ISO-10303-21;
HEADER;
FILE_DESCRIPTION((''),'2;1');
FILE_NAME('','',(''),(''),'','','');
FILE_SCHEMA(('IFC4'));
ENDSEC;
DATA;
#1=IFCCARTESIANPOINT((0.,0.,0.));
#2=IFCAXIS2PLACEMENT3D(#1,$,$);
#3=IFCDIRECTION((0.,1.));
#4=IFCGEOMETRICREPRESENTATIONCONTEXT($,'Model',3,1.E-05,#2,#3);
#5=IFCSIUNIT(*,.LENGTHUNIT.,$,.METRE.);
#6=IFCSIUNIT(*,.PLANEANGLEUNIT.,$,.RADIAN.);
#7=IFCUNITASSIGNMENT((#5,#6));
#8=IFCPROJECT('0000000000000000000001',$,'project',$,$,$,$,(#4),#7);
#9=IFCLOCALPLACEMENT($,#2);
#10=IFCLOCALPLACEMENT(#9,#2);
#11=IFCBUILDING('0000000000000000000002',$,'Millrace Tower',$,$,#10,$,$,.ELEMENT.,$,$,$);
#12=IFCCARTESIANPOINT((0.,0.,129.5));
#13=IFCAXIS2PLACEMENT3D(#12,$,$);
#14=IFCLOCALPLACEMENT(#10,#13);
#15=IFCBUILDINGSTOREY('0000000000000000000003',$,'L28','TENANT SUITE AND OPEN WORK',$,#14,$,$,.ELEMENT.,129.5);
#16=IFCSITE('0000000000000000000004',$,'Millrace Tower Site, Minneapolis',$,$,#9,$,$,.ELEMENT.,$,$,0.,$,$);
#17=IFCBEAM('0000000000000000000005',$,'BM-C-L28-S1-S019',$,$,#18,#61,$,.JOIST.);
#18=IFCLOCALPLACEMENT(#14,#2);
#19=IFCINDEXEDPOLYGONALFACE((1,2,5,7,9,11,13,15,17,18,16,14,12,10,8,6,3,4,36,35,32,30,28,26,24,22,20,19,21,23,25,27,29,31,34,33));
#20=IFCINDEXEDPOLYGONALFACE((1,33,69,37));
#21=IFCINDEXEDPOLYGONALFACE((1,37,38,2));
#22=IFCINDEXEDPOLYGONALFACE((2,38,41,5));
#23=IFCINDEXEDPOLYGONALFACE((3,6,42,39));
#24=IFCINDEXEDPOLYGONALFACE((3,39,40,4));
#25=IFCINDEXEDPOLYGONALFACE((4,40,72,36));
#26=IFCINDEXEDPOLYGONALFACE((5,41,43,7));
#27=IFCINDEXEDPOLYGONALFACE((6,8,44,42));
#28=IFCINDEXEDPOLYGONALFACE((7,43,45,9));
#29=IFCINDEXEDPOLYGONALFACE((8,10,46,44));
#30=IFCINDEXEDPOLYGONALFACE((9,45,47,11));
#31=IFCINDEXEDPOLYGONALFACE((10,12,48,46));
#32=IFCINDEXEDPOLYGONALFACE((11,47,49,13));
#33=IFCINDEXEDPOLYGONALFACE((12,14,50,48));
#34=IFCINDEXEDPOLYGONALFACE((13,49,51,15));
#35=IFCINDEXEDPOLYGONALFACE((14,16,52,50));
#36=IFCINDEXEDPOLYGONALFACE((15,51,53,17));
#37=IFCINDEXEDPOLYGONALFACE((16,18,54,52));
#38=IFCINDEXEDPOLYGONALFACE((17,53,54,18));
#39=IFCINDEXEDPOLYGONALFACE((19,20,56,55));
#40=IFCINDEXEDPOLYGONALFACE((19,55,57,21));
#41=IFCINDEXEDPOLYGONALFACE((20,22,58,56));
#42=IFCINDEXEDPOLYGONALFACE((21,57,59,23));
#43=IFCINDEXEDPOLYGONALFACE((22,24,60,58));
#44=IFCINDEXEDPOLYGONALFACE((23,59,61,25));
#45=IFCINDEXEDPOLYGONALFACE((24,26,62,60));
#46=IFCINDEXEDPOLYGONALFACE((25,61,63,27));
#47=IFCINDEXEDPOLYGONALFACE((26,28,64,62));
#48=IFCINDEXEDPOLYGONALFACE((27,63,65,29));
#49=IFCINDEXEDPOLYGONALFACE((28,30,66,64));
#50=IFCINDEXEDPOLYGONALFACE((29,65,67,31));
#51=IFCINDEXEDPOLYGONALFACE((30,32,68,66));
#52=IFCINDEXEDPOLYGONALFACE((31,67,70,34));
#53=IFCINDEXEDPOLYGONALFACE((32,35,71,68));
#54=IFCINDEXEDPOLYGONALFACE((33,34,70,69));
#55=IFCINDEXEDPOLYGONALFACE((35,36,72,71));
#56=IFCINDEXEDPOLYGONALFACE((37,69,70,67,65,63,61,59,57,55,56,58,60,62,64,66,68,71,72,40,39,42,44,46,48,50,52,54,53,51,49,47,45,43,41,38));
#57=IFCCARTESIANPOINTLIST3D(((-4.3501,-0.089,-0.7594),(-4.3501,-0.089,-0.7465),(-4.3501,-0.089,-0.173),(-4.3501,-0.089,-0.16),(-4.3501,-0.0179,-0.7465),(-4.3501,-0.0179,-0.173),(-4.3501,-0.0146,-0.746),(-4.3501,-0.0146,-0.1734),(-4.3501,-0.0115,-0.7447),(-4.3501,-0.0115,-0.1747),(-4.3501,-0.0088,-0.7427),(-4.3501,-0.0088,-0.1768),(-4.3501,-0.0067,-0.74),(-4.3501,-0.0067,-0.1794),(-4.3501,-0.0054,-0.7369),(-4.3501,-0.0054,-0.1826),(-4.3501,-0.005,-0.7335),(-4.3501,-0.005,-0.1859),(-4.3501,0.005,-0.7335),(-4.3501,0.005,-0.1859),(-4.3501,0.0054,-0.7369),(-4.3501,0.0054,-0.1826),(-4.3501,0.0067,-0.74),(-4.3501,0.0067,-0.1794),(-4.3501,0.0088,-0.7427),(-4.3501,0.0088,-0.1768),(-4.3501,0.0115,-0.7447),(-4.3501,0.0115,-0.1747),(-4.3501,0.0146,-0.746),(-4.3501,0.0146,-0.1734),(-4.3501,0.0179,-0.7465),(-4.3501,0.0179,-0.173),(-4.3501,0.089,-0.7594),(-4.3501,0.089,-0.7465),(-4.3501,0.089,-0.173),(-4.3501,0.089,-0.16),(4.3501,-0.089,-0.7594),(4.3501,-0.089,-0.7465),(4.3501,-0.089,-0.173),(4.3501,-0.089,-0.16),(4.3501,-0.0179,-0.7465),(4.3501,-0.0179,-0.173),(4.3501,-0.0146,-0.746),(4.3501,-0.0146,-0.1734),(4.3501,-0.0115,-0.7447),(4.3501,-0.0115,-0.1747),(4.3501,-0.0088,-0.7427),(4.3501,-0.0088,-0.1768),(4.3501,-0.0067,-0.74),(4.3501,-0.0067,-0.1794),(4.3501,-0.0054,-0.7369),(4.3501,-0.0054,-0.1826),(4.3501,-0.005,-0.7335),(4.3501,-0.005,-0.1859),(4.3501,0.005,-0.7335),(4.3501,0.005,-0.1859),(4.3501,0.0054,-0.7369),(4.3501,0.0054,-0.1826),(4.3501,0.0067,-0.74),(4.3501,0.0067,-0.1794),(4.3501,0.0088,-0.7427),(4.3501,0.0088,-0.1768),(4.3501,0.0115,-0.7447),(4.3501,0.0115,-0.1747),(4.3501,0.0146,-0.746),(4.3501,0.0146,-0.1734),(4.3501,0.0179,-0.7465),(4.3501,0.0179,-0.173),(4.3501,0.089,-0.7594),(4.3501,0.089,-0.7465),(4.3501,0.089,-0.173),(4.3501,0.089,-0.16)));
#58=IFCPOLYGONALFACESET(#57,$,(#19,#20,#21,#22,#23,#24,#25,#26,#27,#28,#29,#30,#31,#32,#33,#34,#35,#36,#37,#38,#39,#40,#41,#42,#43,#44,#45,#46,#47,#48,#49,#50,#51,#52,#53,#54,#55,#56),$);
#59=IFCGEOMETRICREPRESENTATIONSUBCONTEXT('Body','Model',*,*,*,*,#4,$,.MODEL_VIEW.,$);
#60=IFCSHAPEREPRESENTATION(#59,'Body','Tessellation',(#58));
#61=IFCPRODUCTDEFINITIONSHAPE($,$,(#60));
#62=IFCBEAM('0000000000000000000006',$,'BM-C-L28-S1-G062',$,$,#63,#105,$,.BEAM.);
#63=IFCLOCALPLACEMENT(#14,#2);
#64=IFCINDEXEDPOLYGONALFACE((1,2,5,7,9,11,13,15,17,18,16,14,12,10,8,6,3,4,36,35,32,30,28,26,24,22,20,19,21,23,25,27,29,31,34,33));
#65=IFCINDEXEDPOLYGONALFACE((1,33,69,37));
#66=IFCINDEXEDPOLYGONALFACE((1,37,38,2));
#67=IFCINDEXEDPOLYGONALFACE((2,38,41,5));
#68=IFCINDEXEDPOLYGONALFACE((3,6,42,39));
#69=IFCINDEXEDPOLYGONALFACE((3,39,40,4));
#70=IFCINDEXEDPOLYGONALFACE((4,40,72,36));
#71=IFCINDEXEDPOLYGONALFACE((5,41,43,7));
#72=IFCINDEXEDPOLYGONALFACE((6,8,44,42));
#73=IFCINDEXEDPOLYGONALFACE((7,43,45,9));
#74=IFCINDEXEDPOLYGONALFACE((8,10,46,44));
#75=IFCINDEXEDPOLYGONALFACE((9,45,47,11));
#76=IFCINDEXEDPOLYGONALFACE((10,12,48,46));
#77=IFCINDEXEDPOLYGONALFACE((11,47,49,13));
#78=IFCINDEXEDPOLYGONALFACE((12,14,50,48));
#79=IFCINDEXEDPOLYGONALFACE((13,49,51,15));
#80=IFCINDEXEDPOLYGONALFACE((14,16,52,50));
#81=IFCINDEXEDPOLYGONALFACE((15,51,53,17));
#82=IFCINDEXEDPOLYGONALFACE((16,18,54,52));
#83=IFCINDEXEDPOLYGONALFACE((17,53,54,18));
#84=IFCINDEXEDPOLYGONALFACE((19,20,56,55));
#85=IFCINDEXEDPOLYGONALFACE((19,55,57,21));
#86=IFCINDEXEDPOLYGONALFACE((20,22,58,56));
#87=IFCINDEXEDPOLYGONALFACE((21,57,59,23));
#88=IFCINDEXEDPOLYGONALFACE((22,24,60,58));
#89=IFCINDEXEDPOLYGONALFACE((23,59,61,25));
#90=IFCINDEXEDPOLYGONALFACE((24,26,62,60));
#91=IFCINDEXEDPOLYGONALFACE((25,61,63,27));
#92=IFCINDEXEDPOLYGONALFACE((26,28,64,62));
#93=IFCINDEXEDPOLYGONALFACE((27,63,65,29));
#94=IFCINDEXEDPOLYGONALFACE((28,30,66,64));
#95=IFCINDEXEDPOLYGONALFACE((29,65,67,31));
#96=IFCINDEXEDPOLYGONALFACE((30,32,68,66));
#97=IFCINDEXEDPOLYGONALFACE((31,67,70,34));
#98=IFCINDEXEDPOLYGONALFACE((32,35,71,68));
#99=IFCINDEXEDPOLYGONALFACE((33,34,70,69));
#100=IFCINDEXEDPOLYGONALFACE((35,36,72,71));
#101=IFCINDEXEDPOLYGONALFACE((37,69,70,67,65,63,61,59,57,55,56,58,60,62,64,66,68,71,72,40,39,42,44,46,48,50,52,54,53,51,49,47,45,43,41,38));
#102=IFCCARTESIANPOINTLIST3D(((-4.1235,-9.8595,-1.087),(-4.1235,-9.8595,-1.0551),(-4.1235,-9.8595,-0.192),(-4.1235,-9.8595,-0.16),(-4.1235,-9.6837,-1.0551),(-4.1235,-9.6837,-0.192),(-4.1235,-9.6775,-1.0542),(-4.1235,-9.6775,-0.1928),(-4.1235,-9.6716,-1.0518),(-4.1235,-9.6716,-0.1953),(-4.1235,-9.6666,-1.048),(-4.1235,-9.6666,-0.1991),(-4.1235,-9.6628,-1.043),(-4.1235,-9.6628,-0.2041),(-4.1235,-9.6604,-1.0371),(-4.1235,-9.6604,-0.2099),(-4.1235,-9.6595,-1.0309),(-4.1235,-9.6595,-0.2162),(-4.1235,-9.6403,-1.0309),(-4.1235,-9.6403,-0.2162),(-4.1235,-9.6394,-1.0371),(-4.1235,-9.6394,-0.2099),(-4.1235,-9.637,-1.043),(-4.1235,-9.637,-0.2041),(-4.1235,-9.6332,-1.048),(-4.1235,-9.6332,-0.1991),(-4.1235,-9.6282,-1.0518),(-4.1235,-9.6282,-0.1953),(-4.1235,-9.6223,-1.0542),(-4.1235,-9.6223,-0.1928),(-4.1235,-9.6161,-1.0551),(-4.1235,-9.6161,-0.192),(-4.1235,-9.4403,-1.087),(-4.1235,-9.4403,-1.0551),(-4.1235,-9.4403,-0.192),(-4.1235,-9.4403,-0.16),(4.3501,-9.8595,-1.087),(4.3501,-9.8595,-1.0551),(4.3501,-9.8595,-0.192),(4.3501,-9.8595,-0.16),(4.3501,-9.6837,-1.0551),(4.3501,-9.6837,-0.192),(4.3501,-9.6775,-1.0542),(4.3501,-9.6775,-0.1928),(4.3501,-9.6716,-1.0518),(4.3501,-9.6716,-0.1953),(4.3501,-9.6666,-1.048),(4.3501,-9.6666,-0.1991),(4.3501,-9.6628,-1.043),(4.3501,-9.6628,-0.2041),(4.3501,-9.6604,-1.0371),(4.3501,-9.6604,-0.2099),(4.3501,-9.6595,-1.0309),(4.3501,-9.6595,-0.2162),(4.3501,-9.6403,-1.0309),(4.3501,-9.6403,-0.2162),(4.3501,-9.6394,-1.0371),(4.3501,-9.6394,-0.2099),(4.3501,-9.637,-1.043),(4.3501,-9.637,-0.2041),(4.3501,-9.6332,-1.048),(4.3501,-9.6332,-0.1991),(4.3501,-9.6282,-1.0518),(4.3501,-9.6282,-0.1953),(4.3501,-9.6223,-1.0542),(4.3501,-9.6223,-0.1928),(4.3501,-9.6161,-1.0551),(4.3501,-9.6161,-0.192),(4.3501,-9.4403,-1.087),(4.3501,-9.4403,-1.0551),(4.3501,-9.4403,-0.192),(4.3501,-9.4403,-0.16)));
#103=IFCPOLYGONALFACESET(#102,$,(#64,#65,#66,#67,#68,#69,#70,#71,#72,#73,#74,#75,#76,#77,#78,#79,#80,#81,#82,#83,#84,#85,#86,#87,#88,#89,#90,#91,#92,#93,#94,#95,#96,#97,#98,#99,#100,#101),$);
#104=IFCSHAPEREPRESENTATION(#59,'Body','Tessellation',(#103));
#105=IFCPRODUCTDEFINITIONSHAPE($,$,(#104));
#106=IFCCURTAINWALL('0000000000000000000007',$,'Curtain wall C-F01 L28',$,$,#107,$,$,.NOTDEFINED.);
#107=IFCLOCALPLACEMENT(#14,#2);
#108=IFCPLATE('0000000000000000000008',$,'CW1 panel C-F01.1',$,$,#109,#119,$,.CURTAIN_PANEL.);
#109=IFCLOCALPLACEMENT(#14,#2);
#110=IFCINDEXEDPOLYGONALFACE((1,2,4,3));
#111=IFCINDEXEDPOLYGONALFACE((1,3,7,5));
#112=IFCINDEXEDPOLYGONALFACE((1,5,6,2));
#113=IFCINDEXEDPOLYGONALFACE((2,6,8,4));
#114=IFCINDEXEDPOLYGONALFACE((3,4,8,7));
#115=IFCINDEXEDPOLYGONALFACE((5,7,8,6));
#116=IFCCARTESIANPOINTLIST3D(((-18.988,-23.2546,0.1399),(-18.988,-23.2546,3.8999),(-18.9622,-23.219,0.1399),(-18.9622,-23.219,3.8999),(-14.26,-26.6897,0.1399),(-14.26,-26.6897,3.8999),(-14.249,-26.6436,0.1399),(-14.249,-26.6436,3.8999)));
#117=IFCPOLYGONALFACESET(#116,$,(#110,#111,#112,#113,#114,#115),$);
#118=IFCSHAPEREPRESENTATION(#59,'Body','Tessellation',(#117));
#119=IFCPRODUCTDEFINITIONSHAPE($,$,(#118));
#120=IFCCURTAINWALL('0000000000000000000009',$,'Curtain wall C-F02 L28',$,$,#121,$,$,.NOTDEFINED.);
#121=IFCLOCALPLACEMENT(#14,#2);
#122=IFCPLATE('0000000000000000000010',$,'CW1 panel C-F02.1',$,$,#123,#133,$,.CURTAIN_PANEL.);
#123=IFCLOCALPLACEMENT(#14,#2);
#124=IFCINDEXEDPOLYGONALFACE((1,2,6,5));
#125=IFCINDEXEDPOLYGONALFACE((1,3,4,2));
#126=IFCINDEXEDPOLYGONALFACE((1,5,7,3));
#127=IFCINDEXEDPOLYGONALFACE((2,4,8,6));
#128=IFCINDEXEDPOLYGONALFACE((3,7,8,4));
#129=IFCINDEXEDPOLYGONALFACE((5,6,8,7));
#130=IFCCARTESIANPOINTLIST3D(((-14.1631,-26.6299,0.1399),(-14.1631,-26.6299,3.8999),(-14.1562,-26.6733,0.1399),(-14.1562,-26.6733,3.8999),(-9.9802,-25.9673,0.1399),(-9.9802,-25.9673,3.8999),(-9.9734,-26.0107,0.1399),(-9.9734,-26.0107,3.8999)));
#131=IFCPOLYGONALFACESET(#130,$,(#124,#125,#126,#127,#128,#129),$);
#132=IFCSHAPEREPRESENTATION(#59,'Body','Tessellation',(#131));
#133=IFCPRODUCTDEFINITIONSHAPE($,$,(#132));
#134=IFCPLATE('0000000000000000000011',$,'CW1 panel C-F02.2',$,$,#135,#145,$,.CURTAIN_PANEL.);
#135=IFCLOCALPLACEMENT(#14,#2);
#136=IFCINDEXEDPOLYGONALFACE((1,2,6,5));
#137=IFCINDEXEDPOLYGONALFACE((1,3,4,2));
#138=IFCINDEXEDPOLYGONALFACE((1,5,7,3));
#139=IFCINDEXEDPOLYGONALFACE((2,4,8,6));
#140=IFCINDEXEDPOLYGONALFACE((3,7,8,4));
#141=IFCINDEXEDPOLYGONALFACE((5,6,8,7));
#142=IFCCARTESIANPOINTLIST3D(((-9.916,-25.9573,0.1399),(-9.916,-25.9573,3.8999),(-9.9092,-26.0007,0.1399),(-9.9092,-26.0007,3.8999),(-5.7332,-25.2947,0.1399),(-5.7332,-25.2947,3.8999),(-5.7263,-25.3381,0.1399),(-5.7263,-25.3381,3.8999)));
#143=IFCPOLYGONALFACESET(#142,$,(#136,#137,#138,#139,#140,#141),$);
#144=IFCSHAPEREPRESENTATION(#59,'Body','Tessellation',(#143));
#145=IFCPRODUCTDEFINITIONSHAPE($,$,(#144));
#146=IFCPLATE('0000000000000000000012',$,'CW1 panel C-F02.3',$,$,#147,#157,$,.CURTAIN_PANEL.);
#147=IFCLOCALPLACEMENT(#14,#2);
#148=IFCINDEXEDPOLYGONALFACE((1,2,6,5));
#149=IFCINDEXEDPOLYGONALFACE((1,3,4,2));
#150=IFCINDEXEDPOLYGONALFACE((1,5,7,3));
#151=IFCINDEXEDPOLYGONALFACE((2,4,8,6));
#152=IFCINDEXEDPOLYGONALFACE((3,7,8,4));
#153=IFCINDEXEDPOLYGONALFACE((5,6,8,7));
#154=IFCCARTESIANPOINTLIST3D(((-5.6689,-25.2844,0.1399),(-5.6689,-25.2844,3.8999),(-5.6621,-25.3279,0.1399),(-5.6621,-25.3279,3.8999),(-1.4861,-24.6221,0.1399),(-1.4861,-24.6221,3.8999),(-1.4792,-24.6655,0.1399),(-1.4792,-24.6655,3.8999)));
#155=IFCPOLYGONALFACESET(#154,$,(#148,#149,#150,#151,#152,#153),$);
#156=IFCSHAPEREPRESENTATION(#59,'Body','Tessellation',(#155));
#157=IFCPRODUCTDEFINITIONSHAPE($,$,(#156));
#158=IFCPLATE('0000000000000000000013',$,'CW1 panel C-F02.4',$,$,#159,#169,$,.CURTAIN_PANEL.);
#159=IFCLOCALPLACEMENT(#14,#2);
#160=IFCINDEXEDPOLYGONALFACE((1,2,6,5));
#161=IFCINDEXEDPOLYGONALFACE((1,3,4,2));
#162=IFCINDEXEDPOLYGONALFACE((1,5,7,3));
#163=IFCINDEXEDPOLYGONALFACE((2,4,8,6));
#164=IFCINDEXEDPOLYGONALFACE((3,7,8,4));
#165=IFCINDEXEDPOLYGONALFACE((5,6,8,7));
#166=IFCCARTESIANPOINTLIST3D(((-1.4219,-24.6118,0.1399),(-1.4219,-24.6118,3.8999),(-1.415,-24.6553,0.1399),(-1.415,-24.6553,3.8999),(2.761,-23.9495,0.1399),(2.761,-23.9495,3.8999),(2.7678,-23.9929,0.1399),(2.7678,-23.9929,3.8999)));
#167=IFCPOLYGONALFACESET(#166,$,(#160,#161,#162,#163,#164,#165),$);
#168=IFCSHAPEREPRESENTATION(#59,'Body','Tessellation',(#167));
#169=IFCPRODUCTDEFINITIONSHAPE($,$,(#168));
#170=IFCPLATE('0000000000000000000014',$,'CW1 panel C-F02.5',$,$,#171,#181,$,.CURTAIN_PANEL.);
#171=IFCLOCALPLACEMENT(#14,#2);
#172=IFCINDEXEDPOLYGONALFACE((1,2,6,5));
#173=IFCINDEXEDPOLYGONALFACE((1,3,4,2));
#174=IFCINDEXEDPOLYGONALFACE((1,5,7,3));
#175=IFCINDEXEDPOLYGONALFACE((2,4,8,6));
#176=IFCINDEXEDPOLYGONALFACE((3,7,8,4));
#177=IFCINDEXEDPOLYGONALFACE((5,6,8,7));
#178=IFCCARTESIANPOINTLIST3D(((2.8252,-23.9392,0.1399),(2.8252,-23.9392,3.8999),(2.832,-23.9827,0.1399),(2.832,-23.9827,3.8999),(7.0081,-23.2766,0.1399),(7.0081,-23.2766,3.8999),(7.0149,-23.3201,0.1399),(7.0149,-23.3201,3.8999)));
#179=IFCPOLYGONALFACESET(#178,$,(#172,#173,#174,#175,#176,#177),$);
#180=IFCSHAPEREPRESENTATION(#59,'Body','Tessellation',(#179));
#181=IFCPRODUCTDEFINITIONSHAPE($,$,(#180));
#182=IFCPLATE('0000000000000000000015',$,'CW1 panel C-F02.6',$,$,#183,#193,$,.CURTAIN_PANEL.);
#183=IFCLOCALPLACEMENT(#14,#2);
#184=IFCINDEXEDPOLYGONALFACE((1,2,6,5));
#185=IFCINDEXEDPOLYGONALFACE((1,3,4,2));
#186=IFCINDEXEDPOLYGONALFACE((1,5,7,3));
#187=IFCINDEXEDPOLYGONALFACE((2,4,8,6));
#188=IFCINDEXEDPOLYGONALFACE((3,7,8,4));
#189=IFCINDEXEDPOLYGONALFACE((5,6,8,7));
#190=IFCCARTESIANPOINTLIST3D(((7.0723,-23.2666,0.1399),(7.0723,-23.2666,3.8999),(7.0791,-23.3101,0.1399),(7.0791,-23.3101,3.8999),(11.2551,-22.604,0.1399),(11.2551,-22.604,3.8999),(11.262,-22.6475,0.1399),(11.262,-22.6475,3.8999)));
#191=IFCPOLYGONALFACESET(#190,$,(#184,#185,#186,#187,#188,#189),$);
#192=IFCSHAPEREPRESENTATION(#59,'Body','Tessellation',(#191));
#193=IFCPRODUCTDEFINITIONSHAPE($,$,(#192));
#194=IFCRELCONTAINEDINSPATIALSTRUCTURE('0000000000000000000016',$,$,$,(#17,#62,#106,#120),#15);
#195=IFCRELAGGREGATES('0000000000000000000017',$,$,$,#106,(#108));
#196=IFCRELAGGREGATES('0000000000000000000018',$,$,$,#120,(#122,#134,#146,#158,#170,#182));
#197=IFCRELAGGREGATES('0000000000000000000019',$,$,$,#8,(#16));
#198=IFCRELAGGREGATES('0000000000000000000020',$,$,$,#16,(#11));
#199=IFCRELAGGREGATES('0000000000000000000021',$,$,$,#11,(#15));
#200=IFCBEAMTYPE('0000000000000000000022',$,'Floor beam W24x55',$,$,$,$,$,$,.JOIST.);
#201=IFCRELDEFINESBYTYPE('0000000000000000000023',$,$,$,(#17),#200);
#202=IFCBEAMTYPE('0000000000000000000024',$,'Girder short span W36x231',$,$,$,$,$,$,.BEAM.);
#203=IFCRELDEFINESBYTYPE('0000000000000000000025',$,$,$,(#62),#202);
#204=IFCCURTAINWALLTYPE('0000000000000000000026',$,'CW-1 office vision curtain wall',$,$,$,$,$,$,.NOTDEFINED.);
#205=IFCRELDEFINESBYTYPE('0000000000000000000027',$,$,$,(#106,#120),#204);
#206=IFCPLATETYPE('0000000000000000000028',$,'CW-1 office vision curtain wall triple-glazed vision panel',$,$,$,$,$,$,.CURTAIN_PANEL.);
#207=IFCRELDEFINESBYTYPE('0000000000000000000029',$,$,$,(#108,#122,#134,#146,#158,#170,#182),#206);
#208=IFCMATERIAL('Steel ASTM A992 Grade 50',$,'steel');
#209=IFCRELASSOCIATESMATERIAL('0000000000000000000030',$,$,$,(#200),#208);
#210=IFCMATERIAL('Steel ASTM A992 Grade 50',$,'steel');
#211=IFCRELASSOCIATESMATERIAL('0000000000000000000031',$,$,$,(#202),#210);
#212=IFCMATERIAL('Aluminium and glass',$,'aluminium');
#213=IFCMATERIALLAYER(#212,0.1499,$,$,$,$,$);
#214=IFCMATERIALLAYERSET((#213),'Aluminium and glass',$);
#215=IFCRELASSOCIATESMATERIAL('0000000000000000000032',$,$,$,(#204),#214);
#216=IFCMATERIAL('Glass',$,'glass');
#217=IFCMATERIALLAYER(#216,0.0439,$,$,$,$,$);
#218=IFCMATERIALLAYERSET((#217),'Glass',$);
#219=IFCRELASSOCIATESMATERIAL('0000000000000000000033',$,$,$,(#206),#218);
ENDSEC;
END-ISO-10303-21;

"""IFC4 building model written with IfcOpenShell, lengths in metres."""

from ifc_helpers import new_model, si_unit, direction, frame, origin, origin_2d, place, context, subcontext, project, spatial, polyline, i_section, outline, extrude, material, layer, layer_set, material_profile, profile_set, type_object, element, aggregate, save


model = new_model("IFC4")

# Units and contexts
model_context = context("Model", 3, precision=1e-05, world=origin(), true_north=direction((0.0, 1.0)))
body_context = subcontext(model_context, "Body", "Model", "MODEL_VIEW")
ifc_project = project(units=[si_unit("LENGTHUNIT", "METRE"), si_unit("PLANEANGLEUNIT", "RADIAN")], contexts=[model_context])

# Site, building, storey
site_placement = place(None, origin())
site = spatial("IfcSite", under=ifc_project, at=site_placement, Name="Millrace Tower Site, Minneapolis", CompositionType="ELEMENT", RefElevation=0.0)
building_placement = place(site_placement, origin())
building = spatial("IfcBuilding", under=site, at=building_placement, Name="Millrace Tower", CompositionType="ELEMENT")
storey_placement = place(building_placement, frame((0.0, 0.0, 129.5)))
storey = spatial("IfcBuildingStorey", under=building, at=storey_placement, Name="L28", Description="TENANT SUITE AND OPEN WORK", CompositionType="ELEMENT", Elevation=129.5)

# Beams
ifc_material_1 = material(Name="Steel ASTM A992 Grade 50", Category="steel")
ifc_material_profile_1 = material_profile(ifc_material_1, i_section(OverallWidth=0.178, OverallDepth=0.5994, WebThickness=0.01, FlangeThickness=0.0129, FilletRadius=0.0129, at=origin_2d()))
ifc_profile_set_1 = profile_set([ifc_material_profile_1], Name="Steel ASTM A992 Grade 50")
beam_type_1 = type_object("IfcBeamType", Name="Floor beam W24x55", PredefinedType="JOIST", material=ifc_profile_set_1)
for number, where, z_axis, x_axis, name in (
    (1, (-4.3501, 0.0, -0.4597), (1.0, 0.0, 0.0), (0.0, 1.0, 0.0), "BM-C-L28-S1-S019"),
):
    element("IfcBeam", number, at=place(storey_placement, frame(where, z_axis=z_axis, x_axis=x_axis)), inside=storey, type_object=beam_type_1, Name=name, PredefinedType="JOIST", context=body_context, shape_type="SweptSolid", body=[
        extrude(i_section(OverallWidth=0.178, OverallDepth=0.5994, WebThickness=0.01, FlangeThickness=0.0129, FilletRadius=0.0129, at=origin_2d()), origin(), (0.0, 0.0, 1.0), 8.7002),
    ])
ifc_material_2 = material(Name="Steel ASTM A992 Grade 50", Category="steel")
ifc_material_profile_2 = material_profile(ifc_material_2, i_section(OverallWidth=0.4192, OverallDepth=0.927, WebThickness=0.0193, FlangeThickness=0.032, FilletRadius=0.0242, at=origin_2d()))
ifc_profile_set_2 = profile_set([ifc_material_profile_2], Name="Steel ASTM A992 Grade 50")
beam_type_2 = type_object("IfcBeamType", Name="Girder short span W36x231", PredefinedType="BEAM", material=ifc_profile_set_2)
beam_1_placement = place(storey_placement, frame((-4.1235, -9.6499, -0.6235), z_axis=(1.0, 0.0, 0.0), x_axis=(0.0, 1.0, 0.0)))
element("IfcBeam", 2, at=beam_1_placement, inside=storey, type_object=beam_type_2, Name="BM-C-L28-S1-G062", PredefinedType="BEAM", context=body_context, shape_type="SweptSolid", body=[
    extrude(i_section(OverallWidth=0.4192, OverallDepth=0.927, WebThickness=0.0193, FlangeThickness=0.032, FilletRadius=0.0242, at=origin_2d()), origin(), (0.0, 0.0, 1.0), 8.4736),
])

# Curtain wall, plate
ifc_material_3 = material(Name="Aluminium and glass", Category="aluminium")
ifc_layer_1 = layer(ifc_material_3, 0.1499)
ifc_layer_set_1 = layer_set([ifc_layer_1], Name="Aluminium and glass")
curtain_wall_type = type_object("IfcCurtainWallType", Name="CW-1 office vision curtain wall", PredefinedType="NOTDEFINED", material=ifc_layer_set_1)
placement_1 = place(storey_placement, origin())
curtain_wall_1 = element("IfcCurtainWall", 3, at=placement_1, inside=storey, type_object=curtain_wall_type, Name="Curtain wall C-F01 L28", PredefinedType="NOTDEFINED")
ifc_material_4 = material(Name="Glass", Category="glass")
ifc_layer_2 = layer(ifc_material_4, 0.0439)
ifc_layer_set_2 = layer_set([ifc_layer_2], Name="Glass")
plate_type = type_object("IfcPlateType", Name="CW-1 office vision curtain wall triple-glazed vision panel", PredefinedType="CURTAIN_PANEL", material=ifc_layer_set_2)
placement_2 = place(storey_placement, frame((0.0, 0.0, 0.1399)))
plate_1 = element("IfcPlate", 4, at=placement_2, type_object=plate_type, Name="CW1 panel C-F01.1", PredefinedType="CURTAIN_PANEL", context=body_context, shape_type="SweptSolid", body=[
    extrude(outline(polyline([(-18.988, -23.2546), (-14.26, -26.6897), (-14.249, -26.6436), (-18.9622, -23.219), (-18.988, -23.2546)])), origin(), (0.0, 0.0, 1.0), 3.76),
])
aggregate(curtain_wall_1, [plate_1])

# Curtain wall, plates
curtain_wall_2 = element("IfcCurtainWall", 5, at=placement_1, inside=storey, type_object=curtain_wall_type, Name="Curtain wall C-F02 L28", PredefinedType="NOTDEFINED")
plate_2 = element("IfcPlate", 6, at=placement_2, type_object=plate_type, Name="CW1 panel C-F02.1", PredefinedType="CURTAIN_PANEL", context=body_context, shape_type="SweptSolid", body=[
    extrude(outline(polyline([(-14.1562, -26.6733), (-9.9734, -26.0107), (-9.9802, -25.9673), (-14.1631, -26.6299), (-14.1562, -26.6733)])), origin(), (0.0, 0.0, 1.0), 3.76),
])
plate_3 = element("IfcPlate", 7, at=placement_2, type_object=plate_type, Name="CW1 panel C-F02.2", PredefinedType="CURTAIN_PANEL", context=body_context, shape_type="SweptSolid", body=[
    extrude(outline(polyline([(-9.9092, -26.0007), (-5.7263, -25.3381), (-5.7332, -25.2947), (-9.916, -25.9573), (-9.9092, -26.0007)])), origin(), (0.0, 0.0, 1.0), 3.76),
])
plate_4 = element("IfcPlate", 8, at=placement_2, type_object=plate_type, Name="CW1 panel C-F02.3", PredefinedType="CURTAIN_PANEL", context=body_context, shape_type="SweptSolid", body=[
    extrude(outline(polyline([(-5.6621, -25.3279), (-1.4792, -24.6655), (-1.4861, -24.6221), (-5.6689, -25.2844), (-5.6621, -25.3279)])), origin(), (0.0, 0.0, 1.0), 3.76),
])
plate_5 = element("IfcPlate", 9, at=placement_2, type_object=plate_type, Name="CW1 panel C-F02.4", PredefinedType="CURTAIN_PANEL", context=body_context, shape_type="SweptSolid", body=[
    extrude(outline(polyline([(-1.415, -24.6553), (2.7678, -23.9929), (2.761, -23.9495), (-1.4219, -24.6118), (-1.415, -24.6553)])), origin(), (0.0, 0.0, 1.0), 3.76),
])
plate_6 = element("IfcPlate", 10, at=placement_2, type_object=plate_type, Name="CW1 panel C-F02.5", PredefinedType="CURTAIN_PANEL", context=body_context, shape_type="SweptSolid", body=[
    extrude(outline(polyline([(2.832, -23.9827), (7.0149, -23.3201), (7.0081, -23.2766), (2.8252, -23.9392), (2.832, -23.9827)])), origin(), (0.0, 0.0, 1.0), 3.76),
])
plate_7 = element("IfcPlate", 11, at=placement_2, type_object=plate_type, Name="CW1 panel C-F02.6", PredefinedType="CURTAIN_PANEL", context=body_context, shape_type="SweptSolid", body=[
    extrude(outline(polyline([(7.0791, -23.3101), (11.262, -22.6475), (11.2551, -22.604), (7.0723, -23.2666), (7.0791, -23.3101)])), origin(), (0.0, 0.0, 1.0), 3.76),
])
aggregate(curtain_wall_2, [plate_2, plate_3, plate_4, plate_5, plate_6, plate_7])

save(model, "model.ifc")
